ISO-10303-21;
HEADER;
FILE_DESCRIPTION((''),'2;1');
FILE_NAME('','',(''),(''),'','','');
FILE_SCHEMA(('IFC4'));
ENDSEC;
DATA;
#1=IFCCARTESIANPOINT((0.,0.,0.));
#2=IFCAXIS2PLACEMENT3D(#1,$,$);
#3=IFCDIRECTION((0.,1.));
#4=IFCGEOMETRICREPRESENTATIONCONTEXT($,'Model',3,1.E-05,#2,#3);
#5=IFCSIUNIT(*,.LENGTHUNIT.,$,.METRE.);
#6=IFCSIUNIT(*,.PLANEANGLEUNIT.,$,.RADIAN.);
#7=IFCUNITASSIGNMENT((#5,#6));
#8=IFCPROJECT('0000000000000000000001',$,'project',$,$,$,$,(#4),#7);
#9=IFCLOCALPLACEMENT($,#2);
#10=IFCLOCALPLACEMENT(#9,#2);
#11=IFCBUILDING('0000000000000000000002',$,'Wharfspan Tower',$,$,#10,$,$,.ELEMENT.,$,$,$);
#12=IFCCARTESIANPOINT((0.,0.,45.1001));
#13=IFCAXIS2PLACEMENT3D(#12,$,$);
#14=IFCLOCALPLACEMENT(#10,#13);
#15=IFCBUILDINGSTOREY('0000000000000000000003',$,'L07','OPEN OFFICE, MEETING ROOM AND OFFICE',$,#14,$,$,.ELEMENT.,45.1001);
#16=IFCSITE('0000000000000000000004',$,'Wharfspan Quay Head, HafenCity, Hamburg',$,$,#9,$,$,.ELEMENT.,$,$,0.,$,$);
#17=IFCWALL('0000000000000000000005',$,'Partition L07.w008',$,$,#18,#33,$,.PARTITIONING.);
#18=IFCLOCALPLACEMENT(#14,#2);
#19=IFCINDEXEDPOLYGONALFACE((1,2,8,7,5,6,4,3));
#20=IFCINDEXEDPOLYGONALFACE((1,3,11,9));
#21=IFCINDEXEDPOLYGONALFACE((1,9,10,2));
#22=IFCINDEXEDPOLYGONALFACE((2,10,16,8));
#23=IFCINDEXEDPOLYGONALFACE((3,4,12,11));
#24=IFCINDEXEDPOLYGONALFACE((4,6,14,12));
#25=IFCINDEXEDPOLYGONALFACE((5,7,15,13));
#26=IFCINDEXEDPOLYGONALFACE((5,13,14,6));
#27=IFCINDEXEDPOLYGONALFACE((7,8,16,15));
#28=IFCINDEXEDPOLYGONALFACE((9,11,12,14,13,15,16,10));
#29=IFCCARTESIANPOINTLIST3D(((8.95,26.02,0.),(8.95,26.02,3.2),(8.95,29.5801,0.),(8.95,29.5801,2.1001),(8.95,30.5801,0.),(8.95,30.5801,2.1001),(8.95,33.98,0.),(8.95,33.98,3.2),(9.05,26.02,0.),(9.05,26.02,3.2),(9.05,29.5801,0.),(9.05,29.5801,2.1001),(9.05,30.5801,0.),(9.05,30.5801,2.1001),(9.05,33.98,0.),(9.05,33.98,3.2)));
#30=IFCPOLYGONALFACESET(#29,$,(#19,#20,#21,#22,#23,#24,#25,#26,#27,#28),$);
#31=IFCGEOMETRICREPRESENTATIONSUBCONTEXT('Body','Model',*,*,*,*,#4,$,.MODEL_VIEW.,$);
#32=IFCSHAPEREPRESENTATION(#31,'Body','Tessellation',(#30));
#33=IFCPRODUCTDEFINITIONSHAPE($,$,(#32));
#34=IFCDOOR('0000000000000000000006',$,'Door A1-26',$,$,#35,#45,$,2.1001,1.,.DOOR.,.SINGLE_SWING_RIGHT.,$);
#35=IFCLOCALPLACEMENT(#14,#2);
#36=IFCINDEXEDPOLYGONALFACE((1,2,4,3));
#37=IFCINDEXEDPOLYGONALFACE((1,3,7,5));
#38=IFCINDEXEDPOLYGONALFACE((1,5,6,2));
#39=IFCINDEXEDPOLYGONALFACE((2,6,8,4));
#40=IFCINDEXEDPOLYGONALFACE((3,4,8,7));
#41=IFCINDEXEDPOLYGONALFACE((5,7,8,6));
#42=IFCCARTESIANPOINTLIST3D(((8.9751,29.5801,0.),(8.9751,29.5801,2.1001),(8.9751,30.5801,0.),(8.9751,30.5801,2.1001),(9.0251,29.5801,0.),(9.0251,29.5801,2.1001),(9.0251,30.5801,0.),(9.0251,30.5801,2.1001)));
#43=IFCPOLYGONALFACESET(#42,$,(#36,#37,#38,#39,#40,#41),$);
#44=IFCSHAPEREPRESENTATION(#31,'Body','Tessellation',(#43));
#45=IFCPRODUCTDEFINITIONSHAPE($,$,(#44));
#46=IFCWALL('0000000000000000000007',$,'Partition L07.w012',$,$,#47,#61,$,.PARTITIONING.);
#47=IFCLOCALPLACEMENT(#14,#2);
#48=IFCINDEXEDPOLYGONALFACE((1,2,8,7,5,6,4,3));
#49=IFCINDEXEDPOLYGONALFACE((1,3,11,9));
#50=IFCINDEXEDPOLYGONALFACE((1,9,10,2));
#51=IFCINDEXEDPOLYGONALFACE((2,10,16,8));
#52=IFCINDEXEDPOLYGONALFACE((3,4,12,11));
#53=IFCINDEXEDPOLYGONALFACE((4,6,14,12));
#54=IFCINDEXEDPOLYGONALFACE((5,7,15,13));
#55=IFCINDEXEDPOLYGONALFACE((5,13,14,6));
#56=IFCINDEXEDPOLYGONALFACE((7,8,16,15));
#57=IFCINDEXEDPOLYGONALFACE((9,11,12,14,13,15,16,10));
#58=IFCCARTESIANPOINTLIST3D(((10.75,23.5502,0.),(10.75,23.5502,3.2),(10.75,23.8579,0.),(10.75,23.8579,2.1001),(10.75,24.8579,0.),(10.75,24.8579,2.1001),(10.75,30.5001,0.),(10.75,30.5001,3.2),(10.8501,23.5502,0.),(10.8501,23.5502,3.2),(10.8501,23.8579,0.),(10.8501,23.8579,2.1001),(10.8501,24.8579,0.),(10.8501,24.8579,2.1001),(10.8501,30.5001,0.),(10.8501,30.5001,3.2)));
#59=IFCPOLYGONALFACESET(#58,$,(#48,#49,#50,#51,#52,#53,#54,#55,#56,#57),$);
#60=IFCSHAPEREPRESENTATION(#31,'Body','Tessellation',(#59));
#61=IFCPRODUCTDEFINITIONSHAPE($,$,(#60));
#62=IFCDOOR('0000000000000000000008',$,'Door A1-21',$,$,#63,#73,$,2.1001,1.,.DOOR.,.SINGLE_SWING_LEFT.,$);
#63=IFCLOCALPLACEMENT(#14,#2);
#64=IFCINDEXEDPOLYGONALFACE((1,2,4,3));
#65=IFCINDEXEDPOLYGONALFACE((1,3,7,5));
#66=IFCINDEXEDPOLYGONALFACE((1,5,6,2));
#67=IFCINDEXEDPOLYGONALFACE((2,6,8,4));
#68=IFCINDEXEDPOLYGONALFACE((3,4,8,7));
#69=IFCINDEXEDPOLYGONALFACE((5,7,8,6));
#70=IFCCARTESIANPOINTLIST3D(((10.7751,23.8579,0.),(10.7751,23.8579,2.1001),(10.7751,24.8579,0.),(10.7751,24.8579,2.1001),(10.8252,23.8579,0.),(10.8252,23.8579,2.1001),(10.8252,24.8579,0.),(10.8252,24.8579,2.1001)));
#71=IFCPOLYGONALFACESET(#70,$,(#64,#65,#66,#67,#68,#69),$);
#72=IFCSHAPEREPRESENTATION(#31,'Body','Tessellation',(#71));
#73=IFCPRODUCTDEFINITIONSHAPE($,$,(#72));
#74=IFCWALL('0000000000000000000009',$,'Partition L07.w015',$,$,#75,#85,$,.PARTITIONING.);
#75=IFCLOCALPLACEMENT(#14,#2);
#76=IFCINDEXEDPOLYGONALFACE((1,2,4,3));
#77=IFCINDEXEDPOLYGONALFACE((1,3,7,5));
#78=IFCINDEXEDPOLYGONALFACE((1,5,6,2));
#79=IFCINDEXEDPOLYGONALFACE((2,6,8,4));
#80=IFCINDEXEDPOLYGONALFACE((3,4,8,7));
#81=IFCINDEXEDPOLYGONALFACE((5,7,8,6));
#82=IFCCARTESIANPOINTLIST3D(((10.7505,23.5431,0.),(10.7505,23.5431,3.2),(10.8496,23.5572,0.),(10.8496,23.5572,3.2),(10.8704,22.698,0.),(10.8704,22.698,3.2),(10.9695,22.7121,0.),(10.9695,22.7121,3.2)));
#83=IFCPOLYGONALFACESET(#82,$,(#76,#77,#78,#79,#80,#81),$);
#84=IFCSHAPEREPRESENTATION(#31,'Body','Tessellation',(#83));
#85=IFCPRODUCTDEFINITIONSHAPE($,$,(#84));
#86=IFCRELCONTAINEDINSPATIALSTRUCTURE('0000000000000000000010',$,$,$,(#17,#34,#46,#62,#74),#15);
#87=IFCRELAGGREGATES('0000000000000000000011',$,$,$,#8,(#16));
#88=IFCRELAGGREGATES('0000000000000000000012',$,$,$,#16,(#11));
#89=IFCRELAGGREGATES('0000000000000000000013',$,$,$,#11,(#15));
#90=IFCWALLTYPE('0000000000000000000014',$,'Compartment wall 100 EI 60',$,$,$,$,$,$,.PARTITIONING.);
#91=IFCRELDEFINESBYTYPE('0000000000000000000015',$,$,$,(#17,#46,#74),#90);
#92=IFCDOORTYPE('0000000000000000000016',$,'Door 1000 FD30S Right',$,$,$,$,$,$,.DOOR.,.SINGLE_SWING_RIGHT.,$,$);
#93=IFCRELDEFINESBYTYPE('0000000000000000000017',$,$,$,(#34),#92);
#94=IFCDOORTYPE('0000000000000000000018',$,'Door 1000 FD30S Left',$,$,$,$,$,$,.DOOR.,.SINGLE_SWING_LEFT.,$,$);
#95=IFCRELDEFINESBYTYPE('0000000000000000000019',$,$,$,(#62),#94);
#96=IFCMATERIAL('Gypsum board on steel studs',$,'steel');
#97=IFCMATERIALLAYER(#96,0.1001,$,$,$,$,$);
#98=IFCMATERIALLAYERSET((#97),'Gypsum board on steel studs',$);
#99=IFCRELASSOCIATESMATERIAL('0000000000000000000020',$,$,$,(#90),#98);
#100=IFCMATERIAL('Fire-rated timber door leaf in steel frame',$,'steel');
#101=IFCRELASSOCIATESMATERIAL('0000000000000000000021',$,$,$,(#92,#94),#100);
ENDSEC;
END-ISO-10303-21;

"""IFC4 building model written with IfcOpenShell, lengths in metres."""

from ifc_helpers import new_model, si_unit, direction, frame, frame_2d, origin, place, context, subcontext, project, spatial, rectangle, extrude, material, layer, layer_set, type_object, element, fill, save


model = new_model("IFC4")

# Units and contexts
model_context = context("Model", 3, precision=1e-05, world=origin(), true_north=direction((0.0, 1.0)))
body_context = subcontext(model_context, "Body", "Model", "MODEL_VIEW")
ifc_project = project(units=[si_unit("LENGTHUNIT", "METRE"), si_unit("PLANEANGLEUNIT", "RADIAN")], contexts=[model_context])

# Site, building, storey
site_placement = place(None, origin())
site = spatial("IfcSite", under=ifc_project, at=site_placement, Name="Wharfspan Quay Head, HafenCity, Hamburg", CompositionType="ELEMENT", RefElevation=0.0)
building_placement = place(site_placement, origin())
building = spatial("IfcBuilding", under=site, at=building_placement, Name="Wharfspan Tower", CompositionType="ELEMENT")
storey_placement = place(building_placement, frame((0.0, 0.0, 45.1001)))
storey = spatial("IfcBuildingStorey", under=building, at=storey_placement, Name="L07", Description="OPEN OFFICE, MEETING ROOM AND OFFICE", CompositionType="ELEMENT", Elevation=45.1001)

# Walls, openings, doors
ifc_material_1 = material(Name="Gypsum board on steel studs", Category="steel")
ifc_layer = layer(ifc_material_1, 0.1001)
ifc_layer_set = layer_set([ifc_layer], Name="Gypsum board on steel studs")
wall_type = type_object("IfcWallType", Name="Compartment wall 100 EI 60", PredefinedType="PARTITIONING", material=ifc_layer_set)
wall_1_placement = place(storey_placement, frame((9.0, 26.02, 0.0), z_axis=(0.0, 0.0, 1.0), x_axis=(0.0, 1.0, 0.0)))
wall_1 = element("IfcWall", 1, at=wall_1_placement, inside=storey, type_object=wall_type, Name="Partition L07.w008", PredefinedType="PARTITIONING", context=body_context, shape_type="SweptSolid", body=[
    extrude(rectangle(XDim=7.96, YDim=0.1001, at=frame_2d((3.98, 0.0))), origin(), (0.0, 0.0, 1.0), 3.2),
])
opening_1_placement = place(wall_1_placement, frame((3.5601, 0.0, 0.0)))
opening_1 = element("IfcOpeningElement", 2, at=opening_1_placement, cuts=wall_1, PredefinedType="OPENING", context=body_context, shape_type="SweptSolid", body=[
    extrude(rectangle(XDim=1.0, YDim=2.1001, at=frame_2d((0.5, 1.05))), frame((0.0, 0.0601, 0.0), z_axis=(0.0, -1.0, 0.0), x_axis=(1.0, 0.0, 0.0)), (0.0, 0.0, 1.0), 0.1201),
])
ifc_material_2 = material(Name="Fire-rated timber door leaf in steel frame", Category="steel")
door_type_1 = type_object("IfcDoorType", Name="Door 1000 FD30S Right", OperationType="SINGLE_SWING_RIGHT", PredefinedType="DOOR", material=ifc_material_2)
door_1_placement = place(opening_1_placement, origin())
door_1 = element("IfcDoor", 3, at=door_1_placement, inside=storey, type_object=door_type_1, Name="Door A1-26", OperationType="SINGLE_SWING_RIGHT", OverallHeight=2.1001, OverallWidth=1.0, PredefinedType="DOOR", context=body_context, shape_type="SweptSolid", body=[
    extrude(rectangle(XDim=1.0, YDim=2.1001, at=frame_2d((0.5, 1.05))), frame((0.0, 0.0249, 0.0), z_axis=(0.0, -1.0, 0.0), x_axis=(1.0, 0.0, 0.0)), (0.0, 0.0, 1.0), 0.05),
])
fill(opening_1, door_1)
wall_2_placement = place(storey_placement, frame((10.8, 23.55, 0.0), z_axis=(0.0, 0.0, 1.0), x_axis=(0.0, 1.0, 0.0)))
wall_2 = element("IfcWall", 4, at=wall_2_placement, inside=storey, type_object=wall_type, Name="Partition L07.w012", PredefinedType="PARTITIONING", context=body_context, shape_type="SweptSolid", body=[
    extrude(rectangle(XDim=6.95, YDim=0.1001, at=frame_2d((3.4751, 0.0))), origin(), (0.0, 0.0, 1.0), 3.2),
])
opening_2_placement = place(wall_2_placement, frame((0.3079, 0.0, 0.0)))
opening_2 = element("IfcOpeningElement", 5, at=opening_2_placement, cuts=wall_2, PredefinedType="OPENING", context=body_context, shape_type="SweptSolid", body=[
    extrude(rectangle(XDim=1.0, YDim=2.1001, at=frame_2d((0.5, 1.05))), frame((0.0, 0.0601, 0.0), z_axis=(0.0, -1.0, 0.0), x_axis=(1.0, 0.0, 0.0)), (0.0, 0.0, 1.0), 0.1201),
])
door_type_2 = type_object("IfcDoorType", Name="Door 1000 FD30S Left", OperationType="SINGLE_SWING_LEFT", PredefinedType="DOOR", material=ifc_material_2)
door_2_placement = place(opening_2_placement, origin())
door_2 = element("IfcDoor", 6, at=door_2_placement, inside=storey, type_object=door_type_2, Name="Door A1-21", OperationType="SINGLE_SWING_LEFT", OverallHeight=2.1001, OverallWidth=1.0, PredefinedType="DOOR", context=body_context, shape_type="SweptSolid", body=[
    extrude(rectangle(XDim=1.0, YDim=2.1001, at=frame_2d((0.5, 1.05))), frame((0.0, 0.0249, 0.0), z_axis=(0.0, -1.0, 0.0), x_axis=(1.0, 0.0, 0.0)), (0.0, 0.0, 1.0), 0.05),
])
fill(opening_2, door_2)

# Wall
wall_3_placement = place(storey_placement, frame((10.9199, 22.7051, 0.0), z_axis=(0.0, 0.0, 1.0), x_axis=(-0.14046, 0.990086, 0.0)))
element("IfcWall", 7, at=wall_3_placement, inside=storey, type_object=wall_type, Name="Partition L07.w015", PredefinedType="PARTITIONING", context=body_context, shape_type="SweptSolid", body=[
    extrude(rectangle(XDim=0.8535, YDim=0.1001, at=frame_2d((0.4268, 0.0))), origin(), (0.0, 0.0, 1.0), 3.2),
])

save(model, "model.ifc")
